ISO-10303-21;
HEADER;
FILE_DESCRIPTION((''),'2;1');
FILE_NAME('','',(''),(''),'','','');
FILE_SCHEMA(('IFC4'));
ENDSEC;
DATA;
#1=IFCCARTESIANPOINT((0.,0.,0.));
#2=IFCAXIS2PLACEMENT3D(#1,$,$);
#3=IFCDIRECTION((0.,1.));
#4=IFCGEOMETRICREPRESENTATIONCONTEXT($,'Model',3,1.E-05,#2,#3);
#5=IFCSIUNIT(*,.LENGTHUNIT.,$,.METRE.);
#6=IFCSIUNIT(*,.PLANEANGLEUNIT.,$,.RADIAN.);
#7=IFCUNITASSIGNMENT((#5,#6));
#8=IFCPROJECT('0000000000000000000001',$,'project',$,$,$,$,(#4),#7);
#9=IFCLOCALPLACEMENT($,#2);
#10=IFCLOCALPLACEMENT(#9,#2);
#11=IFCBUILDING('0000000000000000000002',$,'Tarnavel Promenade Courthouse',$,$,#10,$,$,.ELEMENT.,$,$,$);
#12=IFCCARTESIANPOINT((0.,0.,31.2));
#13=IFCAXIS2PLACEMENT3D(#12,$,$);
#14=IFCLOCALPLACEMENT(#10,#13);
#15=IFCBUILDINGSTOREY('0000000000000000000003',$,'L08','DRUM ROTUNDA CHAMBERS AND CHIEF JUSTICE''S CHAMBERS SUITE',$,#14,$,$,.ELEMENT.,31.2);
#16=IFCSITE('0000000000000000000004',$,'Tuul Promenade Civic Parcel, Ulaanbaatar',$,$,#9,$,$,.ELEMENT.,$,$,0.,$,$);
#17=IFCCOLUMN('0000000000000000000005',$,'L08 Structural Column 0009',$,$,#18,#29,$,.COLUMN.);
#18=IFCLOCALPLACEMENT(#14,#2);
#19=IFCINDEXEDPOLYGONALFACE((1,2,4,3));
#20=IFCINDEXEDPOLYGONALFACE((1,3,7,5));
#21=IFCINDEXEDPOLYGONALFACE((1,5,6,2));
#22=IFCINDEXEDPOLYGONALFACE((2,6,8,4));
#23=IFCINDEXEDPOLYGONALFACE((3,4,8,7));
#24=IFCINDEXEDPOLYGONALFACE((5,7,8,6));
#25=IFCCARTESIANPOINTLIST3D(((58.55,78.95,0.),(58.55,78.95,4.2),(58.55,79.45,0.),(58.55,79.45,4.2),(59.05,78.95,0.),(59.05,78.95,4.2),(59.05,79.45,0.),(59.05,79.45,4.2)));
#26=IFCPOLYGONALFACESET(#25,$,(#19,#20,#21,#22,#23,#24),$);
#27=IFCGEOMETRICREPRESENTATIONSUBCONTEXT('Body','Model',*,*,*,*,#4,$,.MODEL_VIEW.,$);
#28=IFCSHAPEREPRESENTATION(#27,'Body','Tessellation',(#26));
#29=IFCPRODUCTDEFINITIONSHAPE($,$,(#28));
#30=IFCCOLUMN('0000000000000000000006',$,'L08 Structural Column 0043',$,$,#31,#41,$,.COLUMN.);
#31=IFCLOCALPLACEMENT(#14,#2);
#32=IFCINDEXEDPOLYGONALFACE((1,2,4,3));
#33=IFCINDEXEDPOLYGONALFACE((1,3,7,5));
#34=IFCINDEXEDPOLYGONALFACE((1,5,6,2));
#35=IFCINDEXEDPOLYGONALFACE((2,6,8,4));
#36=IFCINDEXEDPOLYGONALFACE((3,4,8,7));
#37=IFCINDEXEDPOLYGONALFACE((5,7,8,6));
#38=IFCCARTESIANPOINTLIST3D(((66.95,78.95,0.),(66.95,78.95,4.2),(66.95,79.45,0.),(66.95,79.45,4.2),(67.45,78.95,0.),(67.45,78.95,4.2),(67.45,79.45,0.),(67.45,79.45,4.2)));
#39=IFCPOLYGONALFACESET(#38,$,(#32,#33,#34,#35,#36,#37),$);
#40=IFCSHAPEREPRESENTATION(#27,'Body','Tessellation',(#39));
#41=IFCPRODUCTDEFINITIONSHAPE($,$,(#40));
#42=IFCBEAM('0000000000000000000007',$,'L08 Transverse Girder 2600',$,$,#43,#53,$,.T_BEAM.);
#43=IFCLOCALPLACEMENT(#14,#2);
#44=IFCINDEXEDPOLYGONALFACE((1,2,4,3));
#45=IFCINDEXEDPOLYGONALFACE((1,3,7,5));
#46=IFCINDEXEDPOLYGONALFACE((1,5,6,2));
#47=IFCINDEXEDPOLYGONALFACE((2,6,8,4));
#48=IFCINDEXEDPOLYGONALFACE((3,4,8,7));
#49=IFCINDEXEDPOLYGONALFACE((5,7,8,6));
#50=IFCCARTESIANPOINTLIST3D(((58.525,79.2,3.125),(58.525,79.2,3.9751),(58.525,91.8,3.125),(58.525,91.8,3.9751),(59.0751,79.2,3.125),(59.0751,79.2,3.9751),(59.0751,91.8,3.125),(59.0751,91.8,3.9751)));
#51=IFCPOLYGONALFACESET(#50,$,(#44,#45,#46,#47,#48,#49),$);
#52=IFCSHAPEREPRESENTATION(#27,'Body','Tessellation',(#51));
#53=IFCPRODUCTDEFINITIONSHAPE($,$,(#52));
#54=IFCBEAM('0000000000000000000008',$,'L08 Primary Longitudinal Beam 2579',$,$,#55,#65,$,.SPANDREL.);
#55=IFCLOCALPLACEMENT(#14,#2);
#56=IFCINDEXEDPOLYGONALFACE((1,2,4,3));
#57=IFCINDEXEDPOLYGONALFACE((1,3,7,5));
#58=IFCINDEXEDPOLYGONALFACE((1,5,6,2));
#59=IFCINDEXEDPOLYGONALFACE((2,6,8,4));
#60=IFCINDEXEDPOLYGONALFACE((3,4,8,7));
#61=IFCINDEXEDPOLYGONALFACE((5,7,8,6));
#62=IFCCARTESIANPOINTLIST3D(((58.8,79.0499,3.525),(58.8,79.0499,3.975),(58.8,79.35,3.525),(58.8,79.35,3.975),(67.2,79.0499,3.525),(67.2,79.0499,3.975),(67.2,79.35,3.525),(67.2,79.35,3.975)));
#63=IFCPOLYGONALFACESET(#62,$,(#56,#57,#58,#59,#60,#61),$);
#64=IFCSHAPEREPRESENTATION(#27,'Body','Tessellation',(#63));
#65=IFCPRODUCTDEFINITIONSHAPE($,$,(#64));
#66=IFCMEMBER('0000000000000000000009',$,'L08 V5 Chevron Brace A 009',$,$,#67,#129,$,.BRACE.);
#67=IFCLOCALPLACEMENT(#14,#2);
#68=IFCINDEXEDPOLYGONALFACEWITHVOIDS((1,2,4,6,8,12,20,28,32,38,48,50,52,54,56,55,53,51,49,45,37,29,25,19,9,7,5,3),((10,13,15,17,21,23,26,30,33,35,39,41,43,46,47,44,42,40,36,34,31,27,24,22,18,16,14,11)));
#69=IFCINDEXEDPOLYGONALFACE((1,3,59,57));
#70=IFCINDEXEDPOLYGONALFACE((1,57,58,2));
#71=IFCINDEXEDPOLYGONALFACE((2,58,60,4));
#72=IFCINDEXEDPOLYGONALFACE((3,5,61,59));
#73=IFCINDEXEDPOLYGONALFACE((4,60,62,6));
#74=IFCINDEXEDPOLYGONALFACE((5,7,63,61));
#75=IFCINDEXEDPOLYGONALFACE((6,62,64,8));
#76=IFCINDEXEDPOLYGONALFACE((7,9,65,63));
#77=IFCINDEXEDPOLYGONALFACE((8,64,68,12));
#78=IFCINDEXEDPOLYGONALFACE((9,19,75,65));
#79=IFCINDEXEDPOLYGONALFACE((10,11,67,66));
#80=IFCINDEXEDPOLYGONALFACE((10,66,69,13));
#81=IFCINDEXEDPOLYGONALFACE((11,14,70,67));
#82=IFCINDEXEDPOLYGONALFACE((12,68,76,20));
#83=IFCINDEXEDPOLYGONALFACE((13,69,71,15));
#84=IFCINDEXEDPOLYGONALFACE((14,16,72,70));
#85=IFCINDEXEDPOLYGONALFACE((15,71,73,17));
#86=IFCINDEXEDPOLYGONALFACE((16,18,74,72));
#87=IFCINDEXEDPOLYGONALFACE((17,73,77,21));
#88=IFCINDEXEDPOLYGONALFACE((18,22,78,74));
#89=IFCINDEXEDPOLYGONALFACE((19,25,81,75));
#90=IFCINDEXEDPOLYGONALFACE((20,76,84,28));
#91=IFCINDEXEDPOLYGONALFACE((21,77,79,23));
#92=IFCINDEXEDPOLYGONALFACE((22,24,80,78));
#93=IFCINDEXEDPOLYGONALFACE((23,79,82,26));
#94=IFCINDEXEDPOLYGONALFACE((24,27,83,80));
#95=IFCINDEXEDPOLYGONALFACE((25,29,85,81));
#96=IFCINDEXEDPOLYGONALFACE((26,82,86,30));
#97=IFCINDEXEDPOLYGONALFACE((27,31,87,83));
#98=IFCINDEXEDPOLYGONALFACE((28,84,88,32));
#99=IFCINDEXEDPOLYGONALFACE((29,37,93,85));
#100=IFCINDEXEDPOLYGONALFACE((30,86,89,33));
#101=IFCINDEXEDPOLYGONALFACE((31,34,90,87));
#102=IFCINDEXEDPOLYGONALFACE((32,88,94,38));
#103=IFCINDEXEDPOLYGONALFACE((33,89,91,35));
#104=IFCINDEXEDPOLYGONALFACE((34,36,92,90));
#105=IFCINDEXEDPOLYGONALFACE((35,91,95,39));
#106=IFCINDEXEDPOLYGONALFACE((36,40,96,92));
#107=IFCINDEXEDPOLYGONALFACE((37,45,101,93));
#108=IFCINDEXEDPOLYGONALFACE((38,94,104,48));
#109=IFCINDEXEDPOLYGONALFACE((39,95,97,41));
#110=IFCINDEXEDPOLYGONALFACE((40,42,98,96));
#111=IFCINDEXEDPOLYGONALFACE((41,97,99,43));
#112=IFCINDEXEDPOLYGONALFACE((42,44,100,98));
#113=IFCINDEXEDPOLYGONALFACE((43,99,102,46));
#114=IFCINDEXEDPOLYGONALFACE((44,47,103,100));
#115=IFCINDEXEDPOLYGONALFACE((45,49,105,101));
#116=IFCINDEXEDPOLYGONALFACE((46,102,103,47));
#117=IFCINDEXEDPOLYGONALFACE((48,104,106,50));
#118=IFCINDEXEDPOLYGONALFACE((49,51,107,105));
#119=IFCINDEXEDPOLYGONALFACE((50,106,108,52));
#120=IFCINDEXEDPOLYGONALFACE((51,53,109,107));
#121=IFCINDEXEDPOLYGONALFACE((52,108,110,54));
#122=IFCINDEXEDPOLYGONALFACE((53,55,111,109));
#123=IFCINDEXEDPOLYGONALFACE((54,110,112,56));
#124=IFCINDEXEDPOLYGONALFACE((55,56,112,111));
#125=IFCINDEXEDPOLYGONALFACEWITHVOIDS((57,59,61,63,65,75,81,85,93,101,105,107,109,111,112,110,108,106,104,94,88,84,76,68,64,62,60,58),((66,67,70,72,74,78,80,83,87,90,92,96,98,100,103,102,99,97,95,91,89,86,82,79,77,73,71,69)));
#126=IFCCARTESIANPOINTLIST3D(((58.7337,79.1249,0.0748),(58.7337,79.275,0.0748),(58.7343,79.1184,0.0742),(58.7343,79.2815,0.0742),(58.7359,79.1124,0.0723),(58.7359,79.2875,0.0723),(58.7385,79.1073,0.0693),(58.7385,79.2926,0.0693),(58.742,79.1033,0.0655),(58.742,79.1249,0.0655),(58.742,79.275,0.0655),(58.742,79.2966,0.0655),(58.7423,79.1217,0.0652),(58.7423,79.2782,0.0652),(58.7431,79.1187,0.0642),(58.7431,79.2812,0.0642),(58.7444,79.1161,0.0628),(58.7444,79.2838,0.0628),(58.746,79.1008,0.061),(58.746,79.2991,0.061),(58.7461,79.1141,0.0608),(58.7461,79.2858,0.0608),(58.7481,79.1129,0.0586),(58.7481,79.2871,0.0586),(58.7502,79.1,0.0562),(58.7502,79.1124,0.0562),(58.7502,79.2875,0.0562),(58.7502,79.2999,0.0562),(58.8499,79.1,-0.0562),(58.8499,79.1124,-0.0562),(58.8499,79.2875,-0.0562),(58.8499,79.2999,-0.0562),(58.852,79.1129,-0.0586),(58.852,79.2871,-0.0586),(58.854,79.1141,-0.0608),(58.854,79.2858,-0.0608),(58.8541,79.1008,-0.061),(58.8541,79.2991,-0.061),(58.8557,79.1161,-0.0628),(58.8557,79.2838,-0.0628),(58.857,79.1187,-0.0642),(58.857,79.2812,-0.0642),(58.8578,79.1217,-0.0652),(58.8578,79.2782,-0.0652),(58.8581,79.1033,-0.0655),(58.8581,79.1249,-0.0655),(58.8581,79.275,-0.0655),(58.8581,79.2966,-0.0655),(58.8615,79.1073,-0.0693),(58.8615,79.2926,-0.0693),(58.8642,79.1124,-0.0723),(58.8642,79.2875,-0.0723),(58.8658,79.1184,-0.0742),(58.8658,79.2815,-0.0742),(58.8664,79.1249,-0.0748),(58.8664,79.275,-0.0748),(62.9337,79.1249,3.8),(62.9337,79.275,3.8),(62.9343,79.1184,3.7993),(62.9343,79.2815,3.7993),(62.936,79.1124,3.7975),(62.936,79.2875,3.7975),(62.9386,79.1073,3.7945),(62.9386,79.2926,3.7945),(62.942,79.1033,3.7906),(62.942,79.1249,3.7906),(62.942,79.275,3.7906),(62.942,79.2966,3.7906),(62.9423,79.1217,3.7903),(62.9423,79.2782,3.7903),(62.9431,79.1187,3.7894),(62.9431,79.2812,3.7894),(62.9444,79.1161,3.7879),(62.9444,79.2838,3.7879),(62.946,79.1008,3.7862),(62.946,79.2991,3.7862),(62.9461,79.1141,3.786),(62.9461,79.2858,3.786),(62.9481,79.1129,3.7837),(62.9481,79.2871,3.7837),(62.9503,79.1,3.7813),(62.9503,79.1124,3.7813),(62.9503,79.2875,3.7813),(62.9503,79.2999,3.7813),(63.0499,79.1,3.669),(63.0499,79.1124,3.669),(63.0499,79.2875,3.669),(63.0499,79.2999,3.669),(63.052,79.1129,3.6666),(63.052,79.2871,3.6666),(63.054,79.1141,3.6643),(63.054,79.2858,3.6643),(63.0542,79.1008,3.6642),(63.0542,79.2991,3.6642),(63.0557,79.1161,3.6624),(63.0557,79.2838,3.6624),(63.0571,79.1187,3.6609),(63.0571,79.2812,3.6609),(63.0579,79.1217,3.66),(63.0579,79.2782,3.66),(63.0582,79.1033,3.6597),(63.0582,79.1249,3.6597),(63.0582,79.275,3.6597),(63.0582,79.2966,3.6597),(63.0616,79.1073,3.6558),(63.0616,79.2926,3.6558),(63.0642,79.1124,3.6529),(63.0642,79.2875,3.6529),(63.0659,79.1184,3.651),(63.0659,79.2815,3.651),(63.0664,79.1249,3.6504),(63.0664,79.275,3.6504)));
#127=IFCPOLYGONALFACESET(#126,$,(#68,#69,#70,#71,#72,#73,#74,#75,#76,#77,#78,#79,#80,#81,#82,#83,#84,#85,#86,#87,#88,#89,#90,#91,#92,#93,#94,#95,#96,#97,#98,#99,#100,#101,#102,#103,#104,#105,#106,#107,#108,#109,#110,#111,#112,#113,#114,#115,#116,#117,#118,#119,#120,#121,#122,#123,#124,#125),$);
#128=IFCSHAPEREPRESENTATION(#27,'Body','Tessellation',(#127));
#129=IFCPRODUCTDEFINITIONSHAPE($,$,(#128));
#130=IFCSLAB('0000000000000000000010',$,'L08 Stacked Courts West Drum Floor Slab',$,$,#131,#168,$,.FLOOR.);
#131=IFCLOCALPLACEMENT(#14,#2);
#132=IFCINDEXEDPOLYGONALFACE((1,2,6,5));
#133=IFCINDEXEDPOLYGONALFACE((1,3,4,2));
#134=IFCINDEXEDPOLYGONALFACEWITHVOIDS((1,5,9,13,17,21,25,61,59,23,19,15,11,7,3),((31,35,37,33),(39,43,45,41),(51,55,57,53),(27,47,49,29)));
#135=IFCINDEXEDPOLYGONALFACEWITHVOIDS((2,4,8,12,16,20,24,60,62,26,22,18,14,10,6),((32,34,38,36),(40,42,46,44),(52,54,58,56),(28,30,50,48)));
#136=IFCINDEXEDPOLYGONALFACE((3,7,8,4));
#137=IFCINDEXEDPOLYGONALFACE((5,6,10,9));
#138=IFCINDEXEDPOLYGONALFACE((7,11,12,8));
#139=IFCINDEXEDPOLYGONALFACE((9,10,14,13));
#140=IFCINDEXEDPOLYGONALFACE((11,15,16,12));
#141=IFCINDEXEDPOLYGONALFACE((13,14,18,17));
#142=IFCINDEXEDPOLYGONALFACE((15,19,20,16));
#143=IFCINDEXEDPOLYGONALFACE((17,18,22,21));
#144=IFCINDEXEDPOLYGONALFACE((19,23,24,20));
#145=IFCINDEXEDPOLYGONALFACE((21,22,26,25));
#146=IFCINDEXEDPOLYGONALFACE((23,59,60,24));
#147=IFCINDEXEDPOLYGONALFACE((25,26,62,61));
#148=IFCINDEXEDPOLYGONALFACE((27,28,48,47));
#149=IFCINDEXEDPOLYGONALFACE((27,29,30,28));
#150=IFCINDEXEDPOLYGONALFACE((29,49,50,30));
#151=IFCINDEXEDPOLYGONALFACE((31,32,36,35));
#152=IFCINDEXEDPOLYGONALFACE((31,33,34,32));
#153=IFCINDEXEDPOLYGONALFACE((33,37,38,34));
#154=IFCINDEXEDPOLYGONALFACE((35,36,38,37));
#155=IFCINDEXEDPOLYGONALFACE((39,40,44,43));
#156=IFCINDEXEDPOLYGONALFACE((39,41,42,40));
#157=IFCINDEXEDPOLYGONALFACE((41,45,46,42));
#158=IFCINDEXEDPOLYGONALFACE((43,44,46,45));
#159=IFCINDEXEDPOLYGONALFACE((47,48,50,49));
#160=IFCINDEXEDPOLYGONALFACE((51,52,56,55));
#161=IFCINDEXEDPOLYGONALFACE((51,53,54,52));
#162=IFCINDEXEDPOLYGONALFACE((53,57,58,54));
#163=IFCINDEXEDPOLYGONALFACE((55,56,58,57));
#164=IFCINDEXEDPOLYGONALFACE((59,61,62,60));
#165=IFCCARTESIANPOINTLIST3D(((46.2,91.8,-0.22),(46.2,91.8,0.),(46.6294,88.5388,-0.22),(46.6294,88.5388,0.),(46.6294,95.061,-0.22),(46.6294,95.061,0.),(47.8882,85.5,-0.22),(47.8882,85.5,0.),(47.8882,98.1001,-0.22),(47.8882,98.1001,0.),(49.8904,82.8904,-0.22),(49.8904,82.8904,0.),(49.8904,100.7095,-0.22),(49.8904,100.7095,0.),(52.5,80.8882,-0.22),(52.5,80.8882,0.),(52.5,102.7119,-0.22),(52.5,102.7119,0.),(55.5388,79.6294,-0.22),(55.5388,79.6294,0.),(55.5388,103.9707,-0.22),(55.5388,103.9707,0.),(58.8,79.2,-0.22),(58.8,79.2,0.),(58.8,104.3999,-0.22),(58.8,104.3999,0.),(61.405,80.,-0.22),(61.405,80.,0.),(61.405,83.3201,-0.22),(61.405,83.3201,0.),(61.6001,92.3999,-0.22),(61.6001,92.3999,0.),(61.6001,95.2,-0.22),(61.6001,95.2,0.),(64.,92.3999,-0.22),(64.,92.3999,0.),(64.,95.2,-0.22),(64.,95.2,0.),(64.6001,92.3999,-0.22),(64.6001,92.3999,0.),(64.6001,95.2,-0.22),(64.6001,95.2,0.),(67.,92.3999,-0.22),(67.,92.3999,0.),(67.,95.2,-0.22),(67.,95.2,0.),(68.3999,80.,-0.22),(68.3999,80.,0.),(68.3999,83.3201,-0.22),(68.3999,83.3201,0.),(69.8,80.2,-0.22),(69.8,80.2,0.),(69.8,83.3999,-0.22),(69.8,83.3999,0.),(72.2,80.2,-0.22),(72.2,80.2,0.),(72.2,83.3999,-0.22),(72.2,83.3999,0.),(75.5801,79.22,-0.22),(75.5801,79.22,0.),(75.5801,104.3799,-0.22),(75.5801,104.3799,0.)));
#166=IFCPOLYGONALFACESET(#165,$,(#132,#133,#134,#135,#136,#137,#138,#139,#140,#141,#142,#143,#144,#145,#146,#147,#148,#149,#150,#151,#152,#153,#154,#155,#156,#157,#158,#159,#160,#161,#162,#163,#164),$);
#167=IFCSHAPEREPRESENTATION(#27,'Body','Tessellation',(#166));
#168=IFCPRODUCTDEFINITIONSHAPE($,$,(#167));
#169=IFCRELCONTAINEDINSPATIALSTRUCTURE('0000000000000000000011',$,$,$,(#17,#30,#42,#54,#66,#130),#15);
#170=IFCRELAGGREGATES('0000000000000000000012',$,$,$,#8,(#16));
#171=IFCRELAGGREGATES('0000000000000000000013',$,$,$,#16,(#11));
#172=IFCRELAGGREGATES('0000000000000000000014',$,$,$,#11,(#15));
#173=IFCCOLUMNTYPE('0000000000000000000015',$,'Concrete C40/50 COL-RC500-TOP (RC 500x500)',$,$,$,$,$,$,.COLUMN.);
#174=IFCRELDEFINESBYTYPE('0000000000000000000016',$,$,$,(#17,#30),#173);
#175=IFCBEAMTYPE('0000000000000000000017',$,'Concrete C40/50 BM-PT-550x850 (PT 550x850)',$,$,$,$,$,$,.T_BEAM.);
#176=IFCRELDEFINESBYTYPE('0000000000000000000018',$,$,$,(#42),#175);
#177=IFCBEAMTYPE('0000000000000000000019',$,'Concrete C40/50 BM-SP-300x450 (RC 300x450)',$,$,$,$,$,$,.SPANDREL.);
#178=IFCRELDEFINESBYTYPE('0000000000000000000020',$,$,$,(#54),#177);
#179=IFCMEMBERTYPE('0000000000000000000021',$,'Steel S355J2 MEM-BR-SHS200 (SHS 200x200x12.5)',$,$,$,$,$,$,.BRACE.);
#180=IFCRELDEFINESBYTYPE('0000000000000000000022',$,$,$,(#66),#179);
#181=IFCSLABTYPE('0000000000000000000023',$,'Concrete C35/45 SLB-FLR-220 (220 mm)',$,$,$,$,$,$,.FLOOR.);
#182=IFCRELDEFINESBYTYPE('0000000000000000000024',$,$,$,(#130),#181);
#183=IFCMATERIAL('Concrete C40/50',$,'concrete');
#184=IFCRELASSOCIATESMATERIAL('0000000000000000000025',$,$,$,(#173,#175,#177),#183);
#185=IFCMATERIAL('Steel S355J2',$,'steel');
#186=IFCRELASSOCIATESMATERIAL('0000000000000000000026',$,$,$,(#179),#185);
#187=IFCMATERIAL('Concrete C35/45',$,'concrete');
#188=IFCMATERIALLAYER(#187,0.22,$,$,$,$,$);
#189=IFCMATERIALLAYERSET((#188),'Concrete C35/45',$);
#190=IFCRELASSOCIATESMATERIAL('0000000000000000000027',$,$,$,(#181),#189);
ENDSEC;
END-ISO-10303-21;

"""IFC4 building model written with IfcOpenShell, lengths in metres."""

from ifc_helpers import new_model, si_unit, direction, frame, origin, origin_2d, place, context, subcontext, project, spatial, polyline, rectangle, hollow_rectangle, outline, extrude, material, layer, layer_set, material_profile, profile_set, type_object, element, save


model = new_model("IFC4")

# Units and contexts
model_context = context("Model", 3, precision=1e-05, world=origin(), true_north=direction((0.0, 1.0)))
body_context = subcontext(model_context, "Body", "Model", "MODEL_VIEW")
ifc_project = project(units=[si_unit("LENGTHUNIT", "METRE"), si_unit("PLANEANGLEUNIT", "RADIAN")], contexts=[model_context])

# Site, building, storey
site_placement = place(None, origin())
site = spatial("IfcSite", under=ifc_project, at=site_placement, Name="Tuul Promenade Civic Parcel, Ulaanbaatar", CompositionType="ELEMENT", RefElevation=0.0)
building_placement = place(site_placement, origin())
building = spatial("IfcBuilding", under=site, at=building_placement, Name="Tarnavel Promenade Courthouse", CompositionType="ELEMENT")
storey_placement = place(building_placement, frame((0.0, 0.0, 31.2)))
storey = spatial("IfcBuildingStorey", under=building, at=storey_placement, Name="L08", Description="DRUM ROTUNDA CHAMBERS AND CHIEF JUSTICE'S CHAMBERS SUITE", CompositionType="ELEMENT", Elevation=31.2)

# Columns
ifc_material_1 = material(Name="Concrete C40/50", Category="concrete")
ifc_material_profile_1 = material_profile(ifc_material_1, rectangle(XDim=0.5, YDim=0.5, at=origin_2d()), Name="RC 500x500")
ifc_profile_set_1 = profile_set([ifc_material_profile_1], Name="Concrete C40/50")
column_type = type_object("IfcColumnType", Name="Concrete C40/50 COL-RC500-TOP (RC 500x500)", PredefinedType="COLUMN", material=ifc_profile_set_1)
for number, where, z_axis, x_axis, name in (
    (1, (58.8, 79.2, 0.0), (0.0, 0.0, 1.0), (1.0, 0.0, 0.0), "L08 Structural Column 0009"),
    (2, (67.2, 79.2, 0.0), (0.0, 0.0, 1.0), (1.0, 0.0, 0.0), "L08 Structural Column 0043"),
):
    element("IfcColumn", number, at=place(storey_placement, frame(where, z_axis=z_axis, x_axis=x_axis)), inside=storey, type_object=column_type, Name=name, PredefinedType="COLUMN", context=body_context, shape_type="SweptSolid", body=[
        extrude(rectangle(XDim=0.5, YDim=0.5, at=origin_2d()), origin(), (0.0, 0.0, 1.0), 4.2),
    ])

# Beams
ifc_material_profile_2 = material_profile(ifc_material_1, rectangle(XDim=0.55, YDim=0.8501, at=origin_2d()), Name="PT 550x850")
ifc_profile_set_2 = profile_set([ifc_material_profile_2], Name="Concrete C40/50")
beam_type_1 = type_object("IfcBeamType", Name="Concrete C40/50 BM-PT-550x850 (PT 550x850)", PredefinedType="T_BEAM", material=ifc_profile_set_2)
beam_1_placement = place(storey_placement, frame((58.8, 79.2, 3.55), z_axis=(0.0, 1.0, 0.0), x_axis=(-1.0, 0.0, 0.0)))
element("IfcBeam", 3, at=beam_1_placement, inside=storey, type_object=beam_type_1, Name="L08 Transverse Girder 2600", PredefinedType="T_BEAM", context=body_context, shape_type="SweptSolid", body=[
    extrude(rectangle(XDim=0.55, YDim=0.8501, at=origin_2d()), origin(), (0.0, 0.0, 1.0), 12.6001),
])
ifc_material_profile_3 = material_profile(ifc_material_1, rectangle(XDim=0.3, YDim=0.45, at=origin_2d()), Name="RC 300x450")
ifc_profile_set_3 = profile_set([ifc_material_profile_3], Name="Concrete C40/50")
beam_type_2 = type_object("IfcBeamType", Name="Concrete C40/50 BM-SP-300x450 (RC 300x450)", PredefinedType="SPANDREL", material=ifc_profile_set_3)
beam_2_placement = place(storey_placement, frame((58.8, 79.2, 3.75), z_axis=(1.0, 0.0, 0.0), x_axis=(0.0, 1.0, 0.0)))
element("IfcBeam", 4, at=beam_2_placement, inside=storey, type_object=beam_type_2, Name="L08 Primary Longitudinal Beam 2579", PredefinedType="SPANDREL", context=body_context, shape_type="SweptSolid", body=[
    extrude(rectangle(XDim=0.3, YDim=0.45, at=origin_2d()), origin(), (0.0, 0.0, 1.0), 8.3999),
])

# Member
ifc_material_2 = material(Name="Steel S355J2", Category="steel")
ifc_material_profile_4 = material_profile(ifc_material_2, hollow_rectangle(XDim=0.2, YDim=0.2, WallThickness=0.0125, InnerFilletRadius=0.0125, OuterFilletRadius=0.0249, at=origin_2d()), Name="SHS 200x200x12.5")
ifc_profile_set_4 = profile_set([ifc_material_profile_4], Name="Steel S355J2")
member_type = type_object("IfcMemberType", Name="Steel S355J2 MEM-BR-SHS200 (SHS 200x200x12.5)", PredefinedType="BRACE", material=ifc_profile_set_4)
member_placement = place(storey_placement, frame((58.8, 79.2, 0.0), z_axis=(0.748133, 0.0, 0.663548), x_axis=(0.0, 1.0, 0.0)))
element("IfcMember", 5, at=member_placement, inside=storey, type_object=member_type, Name="L08 V5 Chevron Brace A 009", PredefinedType="BRACE", context=body_context, shape_type="SweptSolid", body=[
    extrude(hollow_rectangle(XDim=0.2, YDim=0.2, WallThickness=0.0125, InnerFilletRadius=0.0125, OuterFilletRadius=0.0249, at=origin_2d()), origin(), (0.0, 0.0, 1.0), 5.614),
])

# Slab
ifc_material_3 = material(Name="Concrete C35/45", Category="concrete")
ifc_layer_1 = layer(ifc_material_3, 0.22)
ifc_layer_set_1 = layer_set([ifc_layer_1], Name="Concrete C35/45")
slab_type_1 = type_object("IfcSlabType", Name="Concrete C35/45 SLB-FLR-220 (220 mm)", PredefinedType="FLOOR", material=ifc_layer_set_1)
slab_1_placement = place(storey_placement, frame((0.0, 0.0, -0.22)))
element("IfcSlab", 6, at=slab_1_placement, inside=storey, type_object=slab_type_1, Name="L08 Stacked Courts West Drum Floor Slab", PredefinedType="FLOOR", context=body_context, shape_type="SweptSolid", body=[
    extrude(outline(polyline([(75.5801, 79.22), (75.5801, 104.3799), (58.8, 104.3999), (55.5388, 103.9707), (52.5, 102.7119), (49.8904, 100.7095), (47.8882, 98.1001), (46.6294, 95.061), (46.2, 91.8), (46.6294, 88.5388), (47.8882, 85.5), (49.8904, 82.8904), (52.5, 80.8882), (55.5388, 79.6294), (58.8, 79.2), (75.5801, 79.22)]), holes=[polyline([(61.405, 80.0), (68.3999, 80.0), (68.3999, 83.3201), (61.405, 83.3201), (61.405, 80.0)]), polyline([(69.8, 80.2), (72.2, 80.2), (72.2, 83.3999), (69.8, 83.3999), (69.8, 80.2)]), polyline([(61.6001, 92.3999), (64.0, 92.3999), (64.0, 95.2), (61.6001, 95.2), (61.6001, 92.3999)]), polyline([(64.6001, 92.3999), (67.0, 92.3999), (67.0, 95.2), (64.6001, 95.2), (64.6001, 92.3999)])]), origin(), (0.0, 0.0, 1.0), 0.22),
])

save(model, "model.ifc")
